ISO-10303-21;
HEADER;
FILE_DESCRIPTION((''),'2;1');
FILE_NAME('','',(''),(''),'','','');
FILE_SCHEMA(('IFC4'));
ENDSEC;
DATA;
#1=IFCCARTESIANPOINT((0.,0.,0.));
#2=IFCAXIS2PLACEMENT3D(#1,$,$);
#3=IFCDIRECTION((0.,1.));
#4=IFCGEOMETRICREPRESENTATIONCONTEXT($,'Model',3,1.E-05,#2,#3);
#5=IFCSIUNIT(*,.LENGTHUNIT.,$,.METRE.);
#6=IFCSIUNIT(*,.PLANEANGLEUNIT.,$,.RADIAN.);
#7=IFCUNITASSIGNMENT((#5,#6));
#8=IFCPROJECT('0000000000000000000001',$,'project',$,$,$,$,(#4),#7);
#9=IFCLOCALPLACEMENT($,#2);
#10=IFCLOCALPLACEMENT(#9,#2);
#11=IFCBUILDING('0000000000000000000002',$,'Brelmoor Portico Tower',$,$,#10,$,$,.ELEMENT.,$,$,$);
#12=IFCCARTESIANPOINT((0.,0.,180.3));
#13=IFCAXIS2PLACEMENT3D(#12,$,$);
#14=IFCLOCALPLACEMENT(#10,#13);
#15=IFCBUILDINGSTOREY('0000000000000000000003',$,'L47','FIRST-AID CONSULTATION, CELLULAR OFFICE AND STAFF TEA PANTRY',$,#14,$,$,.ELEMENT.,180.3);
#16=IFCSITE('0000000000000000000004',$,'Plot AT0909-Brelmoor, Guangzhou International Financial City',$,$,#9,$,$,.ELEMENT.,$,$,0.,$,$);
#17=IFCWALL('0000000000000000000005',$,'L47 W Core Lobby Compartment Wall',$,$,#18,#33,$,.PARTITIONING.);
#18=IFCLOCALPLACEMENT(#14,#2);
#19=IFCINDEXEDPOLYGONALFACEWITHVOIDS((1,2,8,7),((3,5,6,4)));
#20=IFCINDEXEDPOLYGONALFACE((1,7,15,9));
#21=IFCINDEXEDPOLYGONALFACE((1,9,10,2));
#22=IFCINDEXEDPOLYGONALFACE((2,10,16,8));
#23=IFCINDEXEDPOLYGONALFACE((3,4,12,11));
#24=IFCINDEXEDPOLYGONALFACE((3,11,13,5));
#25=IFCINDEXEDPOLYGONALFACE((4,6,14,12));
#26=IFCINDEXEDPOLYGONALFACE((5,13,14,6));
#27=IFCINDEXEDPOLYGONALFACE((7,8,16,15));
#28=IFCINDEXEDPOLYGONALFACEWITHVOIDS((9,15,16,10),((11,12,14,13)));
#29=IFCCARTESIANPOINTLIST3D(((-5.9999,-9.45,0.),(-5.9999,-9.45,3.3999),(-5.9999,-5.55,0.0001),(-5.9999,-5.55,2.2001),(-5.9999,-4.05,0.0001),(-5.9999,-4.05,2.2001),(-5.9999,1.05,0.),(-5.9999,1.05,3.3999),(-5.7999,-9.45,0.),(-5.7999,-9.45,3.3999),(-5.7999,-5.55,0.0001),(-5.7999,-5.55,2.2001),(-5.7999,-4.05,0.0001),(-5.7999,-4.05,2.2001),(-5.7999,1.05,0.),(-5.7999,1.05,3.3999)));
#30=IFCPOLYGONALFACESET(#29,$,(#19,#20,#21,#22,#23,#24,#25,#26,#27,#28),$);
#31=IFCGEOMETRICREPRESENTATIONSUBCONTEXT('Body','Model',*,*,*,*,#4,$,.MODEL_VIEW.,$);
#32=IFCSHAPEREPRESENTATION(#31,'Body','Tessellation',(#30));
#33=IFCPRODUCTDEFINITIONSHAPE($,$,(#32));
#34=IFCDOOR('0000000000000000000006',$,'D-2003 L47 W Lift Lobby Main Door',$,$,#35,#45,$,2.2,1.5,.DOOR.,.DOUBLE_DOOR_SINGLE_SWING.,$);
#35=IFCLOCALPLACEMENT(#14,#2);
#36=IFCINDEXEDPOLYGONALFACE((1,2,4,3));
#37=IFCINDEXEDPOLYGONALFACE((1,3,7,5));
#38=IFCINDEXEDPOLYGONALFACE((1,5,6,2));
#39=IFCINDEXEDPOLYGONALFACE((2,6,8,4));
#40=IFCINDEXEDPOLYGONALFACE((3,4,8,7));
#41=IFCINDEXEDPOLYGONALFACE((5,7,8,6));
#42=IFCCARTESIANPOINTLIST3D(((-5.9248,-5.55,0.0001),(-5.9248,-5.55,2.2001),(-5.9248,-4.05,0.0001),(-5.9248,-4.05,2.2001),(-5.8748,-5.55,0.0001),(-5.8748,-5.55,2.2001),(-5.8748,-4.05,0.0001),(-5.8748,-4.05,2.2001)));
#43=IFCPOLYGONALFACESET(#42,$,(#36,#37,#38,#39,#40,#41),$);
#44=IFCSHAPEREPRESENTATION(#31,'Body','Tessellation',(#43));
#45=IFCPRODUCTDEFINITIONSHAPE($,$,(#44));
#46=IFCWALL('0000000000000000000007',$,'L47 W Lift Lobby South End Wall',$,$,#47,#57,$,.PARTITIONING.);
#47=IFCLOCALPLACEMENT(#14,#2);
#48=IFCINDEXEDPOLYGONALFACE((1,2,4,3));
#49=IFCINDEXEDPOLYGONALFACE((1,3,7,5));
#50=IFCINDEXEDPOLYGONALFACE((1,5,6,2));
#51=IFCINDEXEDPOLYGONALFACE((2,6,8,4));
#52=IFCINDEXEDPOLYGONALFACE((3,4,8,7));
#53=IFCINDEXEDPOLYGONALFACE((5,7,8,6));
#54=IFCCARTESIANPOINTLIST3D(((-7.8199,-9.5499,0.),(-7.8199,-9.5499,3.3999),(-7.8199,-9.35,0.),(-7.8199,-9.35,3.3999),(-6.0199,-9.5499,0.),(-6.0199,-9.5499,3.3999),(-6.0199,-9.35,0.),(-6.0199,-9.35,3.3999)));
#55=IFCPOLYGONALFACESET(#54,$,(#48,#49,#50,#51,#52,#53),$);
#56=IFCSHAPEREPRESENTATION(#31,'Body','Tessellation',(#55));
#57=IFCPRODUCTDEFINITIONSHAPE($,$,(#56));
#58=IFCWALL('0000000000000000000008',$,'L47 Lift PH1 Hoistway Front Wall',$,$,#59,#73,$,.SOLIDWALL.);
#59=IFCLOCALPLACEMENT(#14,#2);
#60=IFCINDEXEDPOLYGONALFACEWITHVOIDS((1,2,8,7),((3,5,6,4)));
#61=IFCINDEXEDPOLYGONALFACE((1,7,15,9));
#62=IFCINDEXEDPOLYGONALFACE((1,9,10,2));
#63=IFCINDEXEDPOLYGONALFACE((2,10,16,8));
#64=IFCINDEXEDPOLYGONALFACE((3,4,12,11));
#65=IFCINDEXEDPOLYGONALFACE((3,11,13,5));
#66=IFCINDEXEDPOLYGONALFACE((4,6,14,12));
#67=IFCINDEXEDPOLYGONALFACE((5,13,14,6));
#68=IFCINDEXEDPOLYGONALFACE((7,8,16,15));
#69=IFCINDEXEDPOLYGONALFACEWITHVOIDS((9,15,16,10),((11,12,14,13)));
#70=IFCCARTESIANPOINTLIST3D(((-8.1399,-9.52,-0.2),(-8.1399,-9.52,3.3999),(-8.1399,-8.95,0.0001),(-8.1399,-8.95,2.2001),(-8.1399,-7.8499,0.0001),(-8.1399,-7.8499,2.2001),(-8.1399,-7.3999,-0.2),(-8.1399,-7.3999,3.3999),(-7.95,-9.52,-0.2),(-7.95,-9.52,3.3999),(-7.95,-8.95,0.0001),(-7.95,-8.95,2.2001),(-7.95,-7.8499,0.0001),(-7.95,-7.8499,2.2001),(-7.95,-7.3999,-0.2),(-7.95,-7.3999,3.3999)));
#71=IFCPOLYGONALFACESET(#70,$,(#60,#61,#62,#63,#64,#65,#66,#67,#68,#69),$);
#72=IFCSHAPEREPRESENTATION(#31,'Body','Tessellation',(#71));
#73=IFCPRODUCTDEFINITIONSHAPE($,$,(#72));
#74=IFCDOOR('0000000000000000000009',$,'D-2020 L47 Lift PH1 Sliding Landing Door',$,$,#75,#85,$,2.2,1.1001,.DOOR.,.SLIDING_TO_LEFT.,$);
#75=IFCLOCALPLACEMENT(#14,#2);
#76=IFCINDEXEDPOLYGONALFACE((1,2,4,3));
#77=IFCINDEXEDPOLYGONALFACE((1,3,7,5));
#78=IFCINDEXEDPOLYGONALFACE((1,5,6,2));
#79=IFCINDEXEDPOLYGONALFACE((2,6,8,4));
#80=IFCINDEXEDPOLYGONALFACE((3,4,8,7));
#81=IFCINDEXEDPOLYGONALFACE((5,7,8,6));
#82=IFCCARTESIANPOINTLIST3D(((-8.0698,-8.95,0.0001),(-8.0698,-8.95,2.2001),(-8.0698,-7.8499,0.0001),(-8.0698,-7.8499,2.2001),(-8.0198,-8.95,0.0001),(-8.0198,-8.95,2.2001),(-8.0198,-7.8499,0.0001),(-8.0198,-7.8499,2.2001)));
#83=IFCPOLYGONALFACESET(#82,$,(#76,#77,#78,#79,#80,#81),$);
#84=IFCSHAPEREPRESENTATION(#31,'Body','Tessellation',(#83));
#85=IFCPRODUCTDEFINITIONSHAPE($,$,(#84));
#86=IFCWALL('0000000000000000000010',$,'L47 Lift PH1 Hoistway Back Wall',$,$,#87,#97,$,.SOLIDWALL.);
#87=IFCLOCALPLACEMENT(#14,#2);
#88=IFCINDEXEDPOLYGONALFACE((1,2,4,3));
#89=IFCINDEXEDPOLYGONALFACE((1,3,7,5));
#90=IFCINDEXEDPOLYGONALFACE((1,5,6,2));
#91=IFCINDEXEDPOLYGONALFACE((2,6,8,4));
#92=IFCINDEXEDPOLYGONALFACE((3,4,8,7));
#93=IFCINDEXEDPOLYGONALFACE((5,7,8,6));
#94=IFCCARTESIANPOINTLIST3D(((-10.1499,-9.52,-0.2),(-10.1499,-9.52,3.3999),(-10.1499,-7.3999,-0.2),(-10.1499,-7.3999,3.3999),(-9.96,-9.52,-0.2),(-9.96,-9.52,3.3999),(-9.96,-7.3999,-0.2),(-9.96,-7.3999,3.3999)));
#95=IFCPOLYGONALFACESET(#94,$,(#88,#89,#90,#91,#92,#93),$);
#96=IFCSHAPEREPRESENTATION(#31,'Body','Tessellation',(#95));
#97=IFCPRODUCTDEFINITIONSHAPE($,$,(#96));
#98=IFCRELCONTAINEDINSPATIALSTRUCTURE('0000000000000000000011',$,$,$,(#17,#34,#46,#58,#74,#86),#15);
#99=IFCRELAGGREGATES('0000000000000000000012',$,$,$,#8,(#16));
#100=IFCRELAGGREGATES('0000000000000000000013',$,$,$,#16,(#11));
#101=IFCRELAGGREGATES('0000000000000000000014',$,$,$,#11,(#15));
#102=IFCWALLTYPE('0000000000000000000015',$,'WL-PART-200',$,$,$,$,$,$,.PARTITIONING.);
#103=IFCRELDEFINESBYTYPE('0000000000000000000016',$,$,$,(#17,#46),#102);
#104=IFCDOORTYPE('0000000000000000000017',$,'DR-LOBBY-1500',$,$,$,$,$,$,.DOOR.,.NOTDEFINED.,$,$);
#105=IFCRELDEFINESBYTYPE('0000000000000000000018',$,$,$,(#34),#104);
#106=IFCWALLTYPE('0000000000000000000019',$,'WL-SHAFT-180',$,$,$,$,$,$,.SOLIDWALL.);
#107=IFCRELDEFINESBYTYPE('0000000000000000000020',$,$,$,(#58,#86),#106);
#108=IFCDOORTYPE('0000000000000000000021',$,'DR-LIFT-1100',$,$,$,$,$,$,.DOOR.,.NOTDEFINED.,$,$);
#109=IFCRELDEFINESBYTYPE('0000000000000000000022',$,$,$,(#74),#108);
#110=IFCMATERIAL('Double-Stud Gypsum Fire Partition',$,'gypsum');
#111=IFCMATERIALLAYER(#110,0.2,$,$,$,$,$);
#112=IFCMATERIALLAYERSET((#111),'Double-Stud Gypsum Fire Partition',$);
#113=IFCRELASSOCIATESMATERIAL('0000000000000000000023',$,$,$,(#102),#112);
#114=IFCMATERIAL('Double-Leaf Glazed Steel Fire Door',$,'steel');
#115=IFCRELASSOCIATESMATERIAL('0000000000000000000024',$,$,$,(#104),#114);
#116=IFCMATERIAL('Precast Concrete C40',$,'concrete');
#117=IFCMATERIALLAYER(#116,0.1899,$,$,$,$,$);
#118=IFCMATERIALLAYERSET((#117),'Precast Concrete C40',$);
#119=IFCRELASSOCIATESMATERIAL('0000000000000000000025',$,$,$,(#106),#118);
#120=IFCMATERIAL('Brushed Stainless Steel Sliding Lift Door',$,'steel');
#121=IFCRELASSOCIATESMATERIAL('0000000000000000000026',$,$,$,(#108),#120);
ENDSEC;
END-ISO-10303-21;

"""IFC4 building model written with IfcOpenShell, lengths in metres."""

from ifc_helpers import new_model, si_unit, direction, frame, frame_2d, origin, place, context, subcontext, project, spatial, rectangle, extrude, material, layer, layer_set, type_object, element, fill, save


model = new_model("IFC4")

# Units and contexts
model_context = context("Model", 3, precision=1e-05, world=origin(), true_north=direction((0.0, 1.0)))
body_context = subcontext(model_context, "Body", "Model", "MODEL_VIEW")
ifc_project = project(units=[si_unit("LENGTHUNIT", "METRE"), si_unit("PLANEANGLEUNIT", "RADIAN")], contexts=[model_context])

# Site, building, storey
site_placement = place(None, origin())
site = spatial("IfcSite", under=ifc_project, at=site_placement, Name="Plot AT0909-Brelmoor, Guangzhou International Financial City", CompositionType="ELEMENT", RefElevation=0.0)
building_placement = place(site_placement, origin())
building = spatial("IfcBuilding", under=site, at=building_placement, Name="Brelmoor Portico Tower", CompositionType="ELEMENT")
storey_placement = place(building_placement, frame((0.0, 0.0, 180.3)))
storey = spatial("IfcBuildingStorey", under=building, at=storey_placement, Name="L47", Description="FIRST-AID CONSULTATION, CELLULAR OFFICE AND STAFF TEA PANTRY", CompositionType="ELEMENT", Elevation=180.3)

# Wall, opening, door
ifc_material_1 = material(Name="Double-Stud Gypsum Fire Partition", Category="gypsum")
ifc_layer_1 = layer(ifc_material_1, 0.2)
ifc_layer_set_1 = layer_set([ifc_layer_1], Name="Double-Stud Gypsum Fire Partition")
wall_type_1 = type_object("IfcWallType", Name="WL-PART-200", PredefinedType="PARTITIONING", material=ifc_layer_set_1)
wall_1_placement = place(storey_placement, frame((-5.8999, -9.45, 0.0), z_axis=(0.0, 0.0, 1.0), x_axis=(0.0, 1.0, 0.0)))
wall_1 = element("IfcWall", 1, at=wall_1_placement, inside=storey, type_object=wall_type_1, Name="L47 W Core Lobby Compartment Wall", PredefinedType="PARTITIONING", context=body_context, shape_type="SweptSolid", body=[
    extrude(rectangle(XDim=10.5, YDim=0.2, at=frame_2d((5.25, 0.0))), origin(), (0.0, 0.0, 1.0), 3.3999),
])
opening_1_placement = place(wall_1_placement, frame((3.8999, 0.0, 0.0)))
opening_1 = element("IfcOpeningElement", 2, at=opening_1_placement, cuts=wall_1, PredefinedType="OPENING", context=body_context, shape_type="SweptSolid", body=[
    extrude(rectangle(XDim=1.5, YDim=2.2, at=frame_2d((0.75, 1.1001))), frame((0.0, 0.1099, 0.0), z_axis=(0.0, -1.0, 0.0), x_axis=(1.0, 0.0, 0.0)), (0.0, 0.0, 1.0), 0.22),
])
ifc_material_2 = material(Name="Double-Leaf Glazed Steel Fire Door", Category="steel")
door_type_1 = type_object("IfcDoorType", Name="DR-LOBBY-1500", OperationType="NOTDEFINED", PredefinedType="DOOR", material=ifc_material_2)
door_1_placement = place(opening_1_placement, origin())
door_1 = element("IfcDoor", 3, at=door_1_placement, inside=storey, type_object=door_type_1, Name="D-2003 L47 W Lift Lobby Main Door", OperationType="DOUBLE_DOOR_SINGLE_SWING", OverallHeight=2.2, OverallWidth=1.5, PredefinedType="DOOR", context=body_context, shape_type="SweptSolid", body=[
    extrude(rectangle(XDim=1.5, YDim=2.2, at=frame_2d((0.75, 1.1001))), frame((0.0, 0.0249, 0.0), z_axis=(0.0, -1.0, 0.0), x_axis=(1.0, 0.0, 0.0)), (0.0, 0.0, 1.0), 0.05),
])
fill(opening_1, door_1)

# Wall
wall_2_placement = place(storey_placement, frame((-6.02, -9.45, 0.0), z_axis=(0.0, 0.0, 1.0), x_axis=(-1.0, 0.0, 0.0)))
element("IfcWall", 4, at=wall_2_placement, inside=storey, type_object=wall_type_1, Name="L47 W Lift Lobby South End Wall", PredefinedType="PARTITIONING", context=body_context, shape_type="SweptSolid", body=[
    extrude(rectangle(XDim=1.8, YDim=0.2, at=frame_2d((0.8999, 0.0))), origin(), (0.0, 0.0, 1.0), 3.3999),
])

# Wall, opening, door
ifc_material_3 = material(Name="Precast Concrete C40", Category="concrete")
ifc_layer_2 = layer(ifc_material_3, 0.1899)
ifc_layer_set_2 = layer_set([ifc_layer_2], Name="Precast Concrete C40")
wall_type_2 = type_object("IfcWallType", Name="WL-SHAFT-180", PredefinedType="SOLIDWALL", material=ifc_layer_set_2)
wall_3_placement = place(storey_placement, frame((-8.0449, -9.52, -0.2), z_axis=(0.0, 0.0, 1.0), x_axis=(0.0, 1.0, 0.0)))
wall_3 = element("IfcWall", 5, at=wall_3_placement, inside=storey, type_object=wall_type_2, Name="L47 Lift PH1 Hoistway Front Wall", PredefinedType="SOLIDWALL", context=body_context, shape_type="SweptSolid", body=[
    extrude(rectangle(XDim=2.1201, YDim=0.1899, at=frame_2d((1.0601, 0.0))), origin(), (0.0, 0.0, 1.0), 3.5999),
])
opening_2_placement = place(wall_3_placement, frame((0.5701, 0.0, 0.2)))
opening_2 = element("IfcOpeningElement", 6, at=opening_2_placement, cuts=wall_3, PredefinedType="OPENING", context=body_context, shape_type="SweptSolid", body=[
    extrude(rectangle(XDim=1.1001, YDim=2.2, at=frame_2d((0.55, 1.1001))), frame((0.0, 0.105, 0.0), z_axis=(0.0, -1.0, 0.0), x_axis=(1.0, 0.0, 0.0)), (0.0, 0.0, 1.0), 0.21),
])
ifc_material_4 = material(Name="Brushed Stainless Steel Sliding Lift Door", Category="steel")
door_type_2 = type_object("IfcDoorType", Name="DR-LIFT-1100", OperationType="NOTDEFINED", PredefinedType="DOOR", material=ifc_material_4)
door_2_placement = place(opening_2_placement, origin())
door_2 = element("IfcDoor", 7, at=door_2_placement, inside=storey, type_object=door_type_2, Name="D-2020 L47 Lift PH1 Sliding Landing Door", OperationType="SLIDING_TO_LEFT", OverallHeight=2.2, OverallWidth=1.1001, PredefinedType="DOOR", context=body_context, shape_type="SweptSolid", body=[
    extrude(rectangle(XDim=1.1001, YDim=2.2, at=frame_2d((0.55, 1.1001))), frame((0.0, 0.0249, 0.0), z_axis=(0.0, -1.0, 0.0), x_axis=(1.0, 0.0, 0.0)), (0.0, 0.0, 1.0), 0.05),
])
fill(opening_2, door_2)

# Wall
wall_4_placement = place(storey_placement, frame((-10.0549, -9.52, -0.2), z_axis=(0.0, 0.0, 1.0), x_axis=(0.0, 1.0, 0.0)))
element("IfcWall", 8, at=wall_4_placement, inside=storey, type_object=wall_type_2, Name="L47 Lift PH1 Hoistway Back Wall", PredefinedType="SOLIDWALL", context=body_context, shape_type="SweptSolid", body=[
    extrude(rectangle(XDim=2.1201, YDim=0.1899, at=frame_2d((1.0601, 0.0))), origin(), (0.0, 0.0, 1.0), 3.5999),
])

save(model, "model.ifc")
